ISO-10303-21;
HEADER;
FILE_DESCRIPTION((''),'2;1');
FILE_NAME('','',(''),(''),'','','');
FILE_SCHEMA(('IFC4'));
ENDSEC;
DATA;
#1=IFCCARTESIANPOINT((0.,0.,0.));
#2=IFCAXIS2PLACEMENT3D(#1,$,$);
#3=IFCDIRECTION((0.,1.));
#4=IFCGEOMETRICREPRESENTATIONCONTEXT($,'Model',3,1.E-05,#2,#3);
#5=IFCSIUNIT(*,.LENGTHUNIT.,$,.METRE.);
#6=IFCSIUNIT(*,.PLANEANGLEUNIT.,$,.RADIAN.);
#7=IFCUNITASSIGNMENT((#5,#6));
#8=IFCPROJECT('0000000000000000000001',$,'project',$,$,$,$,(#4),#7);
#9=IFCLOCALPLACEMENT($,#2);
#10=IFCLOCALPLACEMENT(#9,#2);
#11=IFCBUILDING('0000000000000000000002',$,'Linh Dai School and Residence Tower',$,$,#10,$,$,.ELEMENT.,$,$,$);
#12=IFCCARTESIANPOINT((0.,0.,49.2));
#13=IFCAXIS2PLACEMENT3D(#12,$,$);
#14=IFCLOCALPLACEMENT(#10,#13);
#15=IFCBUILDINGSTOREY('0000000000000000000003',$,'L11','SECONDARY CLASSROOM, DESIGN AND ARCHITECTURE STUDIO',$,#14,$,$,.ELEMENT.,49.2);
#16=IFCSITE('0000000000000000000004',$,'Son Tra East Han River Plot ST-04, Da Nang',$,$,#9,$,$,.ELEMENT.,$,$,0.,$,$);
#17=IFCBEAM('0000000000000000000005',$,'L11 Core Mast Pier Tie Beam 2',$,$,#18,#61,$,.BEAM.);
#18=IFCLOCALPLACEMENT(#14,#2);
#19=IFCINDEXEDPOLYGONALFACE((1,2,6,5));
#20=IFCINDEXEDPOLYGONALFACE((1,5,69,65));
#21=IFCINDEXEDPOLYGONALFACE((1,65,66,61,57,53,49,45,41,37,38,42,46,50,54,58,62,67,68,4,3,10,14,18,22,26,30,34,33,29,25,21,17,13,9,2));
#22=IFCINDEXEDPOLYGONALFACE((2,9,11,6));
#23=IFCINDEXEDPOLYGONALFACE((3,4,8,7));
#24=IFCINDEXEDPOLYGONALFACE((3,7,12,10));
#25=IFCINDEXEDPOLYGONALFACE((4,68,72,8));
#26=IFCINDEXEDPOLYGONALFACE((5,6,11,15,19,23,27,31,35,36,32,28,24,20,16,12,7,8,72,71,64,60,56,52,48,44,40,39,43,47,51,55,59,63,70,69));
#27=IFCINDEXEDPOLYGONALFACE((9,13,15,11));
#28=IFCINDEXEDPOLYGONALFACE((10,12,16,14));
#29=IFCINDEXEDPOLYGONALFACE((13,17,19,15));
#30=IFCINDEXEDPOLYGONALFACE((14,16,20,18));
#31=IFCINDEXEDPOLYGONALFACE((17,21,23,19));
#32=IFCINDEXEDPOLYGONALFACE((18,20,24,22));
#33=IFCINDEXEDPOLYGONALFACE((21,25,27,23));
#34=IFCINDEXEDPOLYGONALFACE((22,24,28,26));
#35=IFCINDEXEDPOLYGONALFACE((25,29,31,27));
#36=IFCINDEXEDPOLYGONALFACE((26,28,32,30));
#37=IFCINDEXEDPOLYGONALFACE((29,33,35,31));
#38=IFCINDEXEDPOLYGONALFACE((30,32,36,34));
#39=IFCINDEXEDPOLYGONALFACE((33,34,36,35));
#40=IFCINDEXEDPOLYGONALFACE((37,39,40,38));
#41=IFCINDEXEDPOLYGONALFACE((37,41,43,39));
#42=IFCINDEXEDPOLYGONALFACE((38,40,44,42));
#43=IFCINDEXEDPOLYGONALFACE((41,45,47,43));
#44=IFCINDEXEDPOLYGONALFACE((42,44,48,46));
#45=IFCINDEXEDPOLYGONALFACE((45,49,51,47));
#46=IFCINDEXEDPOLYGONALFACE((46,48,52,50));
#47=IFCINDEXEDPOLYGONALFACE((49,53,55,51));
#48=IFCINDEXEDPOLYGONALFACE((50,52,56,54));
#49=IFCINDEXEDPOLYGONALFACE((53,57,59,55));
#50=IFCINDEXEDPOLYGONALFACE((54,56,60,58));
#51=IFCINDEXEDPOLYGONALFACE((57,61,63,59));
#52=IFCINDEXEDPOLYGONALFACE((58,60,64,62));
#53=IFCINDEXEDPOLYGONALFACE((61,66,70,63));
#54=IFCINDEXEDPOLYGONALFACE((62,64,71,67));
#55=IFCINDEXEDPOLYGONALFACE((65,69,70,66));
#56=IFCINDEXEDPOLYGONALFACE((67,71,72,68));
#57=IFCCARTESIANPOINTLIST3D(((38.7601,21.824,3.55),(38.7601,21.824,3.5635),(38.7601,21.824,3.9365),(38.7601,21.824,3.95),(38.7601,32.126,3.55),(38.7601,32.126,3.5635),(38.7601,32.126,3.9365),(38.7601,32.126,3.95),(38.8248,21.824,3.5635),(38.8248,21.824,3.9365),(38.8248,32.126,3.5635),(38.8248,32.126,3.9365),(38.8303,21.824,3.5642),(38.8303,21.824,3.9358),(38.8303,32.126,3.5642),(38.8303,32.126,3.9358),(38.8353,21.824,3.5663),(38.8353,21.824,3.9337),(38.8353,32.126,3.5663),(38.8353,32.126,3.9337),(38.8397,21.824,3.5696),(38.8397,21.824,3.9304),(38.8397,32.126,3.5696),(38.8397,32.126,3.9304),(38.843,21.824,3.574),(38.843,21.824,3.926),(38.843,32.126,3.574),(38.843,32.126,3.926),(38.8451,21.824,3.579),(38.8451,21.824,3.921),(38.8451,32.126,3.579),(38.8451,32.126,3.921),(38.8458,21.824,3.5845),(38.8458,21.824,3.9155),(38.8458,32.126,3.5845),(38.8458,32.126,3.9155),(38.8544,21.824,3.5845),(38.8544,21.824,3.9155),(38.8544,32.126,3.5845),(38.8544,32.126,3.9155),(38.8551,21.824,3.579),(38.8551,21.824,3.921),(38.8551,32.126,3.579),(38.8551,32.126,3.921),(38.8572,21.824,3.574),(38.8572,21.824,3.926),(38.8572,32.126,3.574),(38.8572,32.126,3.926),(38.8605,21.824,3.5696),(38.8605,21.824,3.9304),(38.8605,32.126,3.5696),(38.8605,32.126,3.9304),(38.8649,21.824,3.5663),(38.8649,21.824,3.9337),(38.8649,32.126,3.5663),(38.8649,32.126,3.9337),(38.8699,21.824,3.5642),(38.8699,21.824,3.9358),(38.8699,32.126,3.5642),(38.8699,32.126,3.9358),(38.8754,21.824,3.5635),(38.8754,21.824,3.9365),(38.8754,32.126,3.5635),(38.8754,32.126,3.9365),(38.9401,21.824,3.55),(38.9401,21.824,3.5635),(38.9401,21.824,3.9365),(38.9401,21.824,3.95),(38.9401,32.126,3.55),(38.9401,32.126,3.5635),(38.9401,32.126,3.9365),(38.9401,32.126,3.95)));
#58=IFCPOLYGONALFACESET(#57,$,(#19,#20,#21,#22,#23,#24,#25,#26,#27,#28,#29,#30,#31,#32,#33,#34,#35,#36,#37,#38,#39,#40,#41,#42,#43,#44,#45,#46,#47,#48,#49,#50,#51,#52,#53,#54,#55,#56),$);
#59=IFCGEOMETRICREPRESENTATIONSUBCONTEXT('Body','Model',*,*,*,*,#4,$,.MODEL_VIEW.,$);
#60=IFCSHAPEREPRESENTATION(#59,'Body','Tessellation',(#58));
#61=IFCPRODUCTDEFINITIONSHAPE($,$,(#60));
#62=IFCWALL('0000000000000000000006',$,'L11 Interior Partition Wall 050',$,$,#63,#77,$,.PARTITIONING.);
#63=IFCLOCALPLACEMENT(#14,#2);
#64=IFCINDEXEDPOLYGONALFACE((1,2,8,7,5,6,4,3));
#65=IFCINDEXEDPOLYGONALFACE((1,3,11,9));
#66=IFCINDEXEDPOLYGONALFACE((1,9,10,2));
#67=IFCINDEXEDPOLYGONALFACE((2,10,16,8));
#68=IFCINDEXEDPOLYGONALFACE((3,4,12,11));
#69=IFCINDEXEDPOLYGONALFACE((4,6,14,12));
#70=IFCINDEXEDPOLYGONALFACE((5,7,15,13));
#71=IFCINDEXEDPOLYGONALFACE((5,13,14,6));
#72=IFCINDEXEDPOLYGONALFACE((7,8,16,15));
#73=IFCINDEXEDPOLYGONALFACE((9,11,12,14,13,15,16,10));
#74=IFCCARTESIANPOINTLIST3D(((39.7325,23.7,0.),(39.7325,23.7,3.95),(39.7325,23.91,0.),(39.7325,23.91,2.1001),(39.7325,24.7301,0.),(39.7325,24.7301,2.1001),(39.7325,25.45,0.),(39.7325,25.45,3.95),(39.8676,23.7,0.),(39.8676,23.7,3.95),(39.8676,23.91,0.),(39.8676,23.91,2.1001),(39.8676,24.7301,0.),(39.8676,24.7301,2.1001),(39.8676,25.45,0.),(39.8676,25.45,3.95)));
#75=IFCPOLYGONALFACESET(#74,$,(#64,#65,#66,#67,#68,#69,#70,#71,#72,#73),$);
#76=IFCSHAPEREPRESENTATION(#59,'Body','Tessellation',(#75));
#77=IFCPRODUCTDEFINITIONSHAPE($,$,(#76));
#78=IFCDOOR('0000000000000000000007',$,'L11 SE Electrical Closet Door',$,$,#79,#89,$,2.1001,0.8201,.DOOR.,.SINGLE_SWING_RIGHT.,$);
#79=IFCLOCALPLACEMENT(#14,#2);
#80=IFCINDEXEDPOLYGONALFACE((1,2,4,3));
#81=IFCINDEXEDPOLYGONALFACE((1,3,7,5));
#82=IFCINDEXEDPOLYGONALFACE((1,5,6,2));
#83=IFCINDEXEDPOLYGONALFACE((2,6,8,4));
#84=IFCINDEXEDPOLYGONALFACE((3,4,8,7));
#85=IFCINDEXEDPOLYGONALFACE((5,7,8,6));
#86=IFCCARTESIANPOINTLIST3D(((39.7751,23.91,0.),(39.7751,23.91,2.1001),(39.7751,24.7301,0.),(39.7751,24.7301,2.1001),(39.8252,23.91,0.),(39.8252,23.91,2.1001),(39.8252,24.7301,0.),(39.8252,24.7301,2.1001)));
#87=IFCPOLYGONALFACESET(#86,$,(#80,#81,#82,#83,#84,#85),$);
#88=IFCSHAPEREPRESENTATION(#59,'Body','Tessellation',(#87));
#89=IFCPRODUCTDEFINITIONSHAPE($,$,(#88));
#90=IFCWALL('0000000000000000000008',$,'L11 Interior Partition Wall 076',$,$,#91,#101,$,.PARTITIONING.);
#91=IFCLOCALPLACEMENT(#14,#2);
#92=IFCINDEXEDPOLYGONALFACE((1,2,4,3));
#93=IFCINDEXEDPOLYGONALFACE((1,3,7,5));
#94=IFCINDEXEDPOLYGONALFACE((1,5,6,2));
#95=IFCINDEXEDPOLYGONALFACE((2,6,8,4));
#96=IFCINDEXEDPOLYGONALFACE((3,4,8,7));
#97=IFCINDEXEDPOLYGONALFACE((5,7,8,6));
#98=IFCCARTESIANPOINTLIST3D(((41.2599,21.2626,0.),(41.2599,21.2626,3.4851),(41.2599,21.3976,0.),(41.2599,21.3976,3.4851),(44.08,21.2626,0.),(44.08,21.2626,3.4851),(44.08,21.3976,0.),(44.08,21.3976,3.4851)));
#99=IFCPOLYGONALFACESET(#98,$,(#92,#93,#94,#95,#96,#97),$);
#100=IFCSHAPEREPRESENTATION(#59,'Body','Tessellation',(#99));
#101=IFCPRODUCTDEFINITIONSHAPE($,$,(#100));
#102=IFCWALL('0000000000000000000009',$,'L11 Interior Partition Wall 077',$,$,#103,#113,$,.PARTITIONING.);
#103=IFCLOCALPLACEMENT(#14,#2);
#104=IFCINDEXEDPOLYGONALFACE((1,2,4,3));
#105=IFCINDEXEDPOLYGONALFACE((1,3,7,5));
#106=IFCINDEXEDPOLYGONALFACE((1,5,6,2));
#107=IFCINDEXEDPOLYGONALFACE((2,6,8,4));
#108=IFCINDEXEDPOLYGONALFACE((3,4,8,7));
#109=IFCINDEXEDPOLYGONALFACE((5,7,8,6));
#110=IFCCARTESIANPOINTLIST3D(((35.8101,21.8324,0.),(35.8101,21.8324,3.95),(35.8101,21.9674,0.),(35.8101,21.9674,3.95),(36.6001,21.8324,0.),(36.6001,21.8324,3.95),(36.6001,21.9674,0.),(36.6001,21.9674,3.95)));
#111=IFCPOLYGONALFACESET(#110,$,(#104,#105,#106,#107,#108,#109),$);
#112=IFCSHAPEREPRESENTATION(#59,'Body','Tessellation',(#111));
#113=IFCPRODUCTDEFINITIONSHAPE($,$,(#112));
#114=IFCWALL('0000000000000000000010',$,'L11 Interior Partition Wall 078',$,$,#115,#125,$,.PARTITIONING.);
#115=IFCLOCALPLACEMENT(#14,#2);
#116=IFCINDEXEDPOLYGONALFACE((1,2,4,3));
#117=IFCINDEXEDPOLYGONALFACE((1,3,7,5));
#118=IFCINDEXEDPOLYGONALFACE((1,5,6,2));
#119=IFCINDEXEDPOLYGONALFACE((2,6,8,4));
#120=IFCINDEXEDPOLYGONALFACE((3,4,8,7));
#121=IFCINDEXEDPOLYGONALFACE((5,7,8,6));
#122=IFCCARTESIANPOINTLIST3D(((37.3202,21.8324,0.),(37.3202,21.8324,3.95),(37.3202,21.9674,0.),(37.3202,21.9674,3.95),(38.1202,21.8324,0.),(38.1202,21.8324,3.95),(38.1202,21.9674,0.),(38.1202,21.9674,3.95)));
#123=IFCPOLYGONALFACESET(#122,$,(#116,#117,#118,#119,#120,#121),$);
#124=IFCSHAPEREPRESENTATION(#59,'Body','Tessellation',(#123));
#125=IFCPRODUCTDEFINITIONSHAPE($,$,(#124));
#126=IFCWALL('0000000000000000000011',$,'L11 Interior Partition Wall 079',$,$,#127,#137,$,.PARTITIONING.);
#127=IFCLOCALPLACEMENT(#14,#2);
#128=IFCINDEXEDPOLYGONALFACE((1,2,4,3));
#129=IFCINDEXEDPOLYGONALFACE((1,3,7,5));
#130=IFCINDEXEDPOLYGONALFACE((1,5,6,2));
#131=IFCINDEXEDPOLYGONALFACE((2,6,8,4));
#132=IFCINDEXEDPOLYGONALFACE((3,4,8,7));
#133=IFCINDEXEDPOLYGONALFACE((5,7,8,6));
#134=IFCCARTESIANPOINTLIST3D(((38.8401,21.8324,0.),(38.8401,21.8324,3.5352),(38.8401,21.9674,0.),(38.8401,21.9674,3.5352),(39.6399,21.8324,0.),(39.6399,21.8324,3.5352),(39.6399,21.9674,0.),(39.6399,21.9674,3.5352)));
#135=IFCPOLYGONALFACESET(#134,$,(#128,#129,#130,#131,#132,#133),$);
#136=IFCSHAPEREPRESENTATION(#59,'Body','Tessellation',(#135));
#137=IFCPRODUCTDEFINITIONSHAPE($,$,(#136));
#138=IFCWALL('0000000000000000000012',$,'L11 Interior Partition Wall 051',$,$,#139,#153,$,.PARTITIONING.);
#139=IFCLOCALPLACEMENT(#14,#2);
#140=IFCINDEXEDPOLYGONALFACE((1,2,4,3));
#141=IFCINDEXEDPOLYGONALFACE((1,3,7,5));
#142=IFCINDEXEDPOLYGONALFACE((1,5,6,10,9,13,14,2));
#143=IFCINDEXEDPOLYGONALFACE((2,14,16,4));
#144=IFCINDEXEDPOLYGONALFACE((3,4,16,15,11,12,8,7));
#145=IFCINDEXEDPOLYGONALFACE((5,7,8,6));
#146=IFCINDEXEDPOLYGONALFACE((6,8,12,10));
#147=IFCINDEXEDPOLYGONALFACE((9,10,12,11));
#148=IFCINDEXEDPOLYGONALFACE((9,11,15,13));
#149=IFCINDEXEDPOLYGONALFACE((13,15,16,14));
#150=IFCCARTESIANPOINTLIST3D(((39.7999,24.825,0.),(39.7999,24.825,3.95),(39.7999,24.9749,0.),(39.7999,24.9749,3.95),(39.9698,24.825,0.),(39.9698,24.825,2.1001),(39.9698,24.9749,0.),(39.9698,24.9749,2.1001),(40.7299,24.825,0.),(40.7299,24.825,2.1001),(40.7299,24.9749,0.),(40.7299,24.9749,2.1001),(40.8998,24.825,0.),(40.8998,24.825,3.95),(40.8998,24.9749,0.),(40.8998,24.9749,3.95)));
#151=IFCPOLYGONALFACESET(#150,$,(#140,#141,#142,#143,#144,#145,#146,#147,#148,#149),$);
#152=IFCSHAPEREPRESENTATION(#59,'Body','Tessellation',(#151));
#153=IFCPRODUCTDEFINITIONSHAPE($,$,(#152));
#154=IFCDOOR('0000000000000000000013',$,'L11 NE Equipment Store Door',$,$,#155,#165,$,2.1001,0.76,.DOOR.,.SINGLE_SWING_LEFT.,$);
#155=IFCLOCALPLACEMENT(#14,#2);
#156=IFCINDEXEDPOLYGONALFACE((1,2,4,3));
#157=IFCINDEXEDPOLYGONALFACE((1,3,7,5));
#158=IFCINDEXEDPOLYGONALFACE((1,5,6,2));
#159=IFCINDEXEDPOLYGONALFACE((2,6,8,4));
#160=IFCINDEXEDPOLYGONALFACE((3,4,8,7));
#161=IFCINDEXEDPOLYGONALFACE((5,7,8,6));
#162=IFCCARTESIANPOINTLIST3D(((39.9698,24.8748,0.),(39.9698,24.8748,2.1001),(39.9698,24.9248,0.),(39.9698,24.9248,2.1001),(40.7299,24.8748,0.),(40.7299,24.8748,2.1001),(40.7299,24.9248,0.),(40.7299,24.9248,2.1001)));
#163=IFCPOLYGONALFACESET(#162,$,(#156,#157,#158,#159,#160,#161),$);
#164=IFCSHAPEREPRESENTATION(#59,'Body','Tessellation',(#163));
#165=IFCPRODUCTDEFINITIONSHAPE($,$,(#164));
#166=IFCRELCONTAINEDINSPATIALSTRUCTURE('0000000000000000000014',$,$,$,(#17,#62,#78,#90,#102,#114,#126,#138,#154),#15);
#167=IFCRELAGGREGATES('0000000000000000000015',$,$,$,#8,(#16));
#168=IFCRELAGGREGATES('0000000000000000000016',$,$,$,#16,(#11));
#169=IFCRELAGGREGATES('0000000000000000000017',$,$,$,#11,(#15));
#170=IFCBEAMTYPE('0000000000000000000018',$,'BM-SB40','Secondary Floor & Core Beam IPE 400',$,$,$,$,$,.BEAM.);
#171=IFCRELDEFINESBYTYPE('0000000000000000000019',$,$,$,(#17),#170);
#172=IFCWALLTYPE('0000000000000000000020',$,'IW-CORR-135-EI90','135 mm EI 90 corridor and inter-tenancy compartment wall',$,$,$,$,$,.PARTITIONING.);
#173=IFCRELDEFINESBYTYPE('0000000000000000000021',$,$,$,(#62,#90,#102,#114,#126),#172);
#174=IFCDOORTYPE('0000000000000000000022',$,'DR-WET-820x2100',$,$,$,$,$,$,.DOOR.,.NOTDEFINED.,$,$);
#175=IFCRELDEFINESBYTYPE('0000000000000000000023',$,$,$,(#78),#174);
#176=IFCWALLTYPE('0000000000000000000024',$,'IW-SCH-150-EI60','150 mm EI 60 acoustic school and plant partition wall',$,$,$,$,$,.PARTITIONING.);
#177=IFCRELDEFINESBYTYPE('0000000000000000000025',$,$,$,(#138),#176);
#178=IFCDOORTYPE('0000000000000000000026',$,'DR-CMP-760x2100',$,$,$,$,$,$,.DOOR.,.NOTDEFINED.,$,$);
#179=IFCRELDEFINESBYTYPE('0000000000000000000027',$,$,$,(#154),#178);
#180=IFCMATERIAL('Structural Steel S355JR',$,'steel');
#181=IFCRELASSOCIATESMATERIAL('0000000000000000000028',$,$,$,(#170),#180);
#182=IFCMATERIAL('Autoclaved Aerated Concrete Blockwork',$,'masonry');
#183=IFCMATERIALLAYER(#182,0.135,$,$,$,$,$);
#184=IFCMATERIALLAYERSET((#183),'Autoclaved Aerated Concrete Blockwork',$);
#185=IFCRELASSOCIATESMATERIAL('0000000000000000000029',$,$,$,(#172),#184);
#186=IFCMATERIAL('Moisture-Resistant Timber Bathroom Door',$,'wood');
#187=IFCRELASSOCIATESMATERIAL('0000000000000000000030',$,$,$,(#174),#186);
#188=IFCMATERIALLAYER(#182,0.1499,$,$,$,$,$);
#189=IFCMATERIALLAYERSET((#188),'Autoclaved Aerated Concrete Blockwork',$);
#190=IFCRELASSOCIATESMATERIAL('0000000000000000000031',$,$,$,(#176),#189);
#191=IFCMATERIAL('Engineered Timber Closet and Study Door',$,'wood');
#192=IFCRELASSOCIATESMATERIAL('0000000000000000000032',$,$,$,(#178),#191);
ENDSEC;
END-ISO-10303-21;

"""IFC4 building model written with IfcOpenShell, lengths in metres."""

from ifc_helpers import new_model, si_unit, direction, frame, frame_2d, origin, origin_2d, place, context, subcontext, project, spatial, rectangle, i_section, extrude, source, transform, mapped, material, layer, layer_set, material_profile, profile_set, type_object, element, fill, save


model = new_model("IFC4")

# Units and contexts
model_context = context("Model", 3, precision=1e-05, world=origin(), true_north=direction((0.0, 1.0)))
body_context = subcontext(model_context, "Body", "Model", "MODEL_VIEW")
ifc_project = project(units=[si_unit("LENGTHUNIT", "METRE"), si_unit("PLANEANGLEUNIT", "RADIAN")], contexts=[model_context])

# Site, building, storey
site_placement = place(None, origin())
site = spatial("IfcSite", under=ifc_project, at=site_placement, Name="Son Tra East Han River Plot ST-04, Da Nang", CompositionType="ELEMENT", RefElevation=0.0)
building_placement = place(site_placement, origin())
building = spatial("IfcBuilding", under=site, at=building_placement, Name="Linh Dai School and Residence Tower", CompositionType="ELEMENT")
storey_placement = place(building_placement, frame((0.0, 0.0, 49.2)))
storey = spatial("IfcBuildingStorey", under=building, at=storey_placement, Name="L11", Description="SECONDARY CLASSROOM, DESIGN AND ARCHITECTURE STUDIO", CompositionType="ELEMENT", Elevation=49.2)

# Shared definitions
ifc_material_1 = material(Name="Structural Steel S355JR", Category="steel")

# Beam
ifc_material_profile_1 = material_profile(ifc_material_1, i_section(OverallWidth=0.1799, OverallDepth=0.3999, WebThickness=0.0085, FlangeThickness=0.0134, FilletRadius=0.021, at=origin_2d()), Name="IPE 400")
ifc_profile_set_1 = profile_set([ifc_material_profile_1], Name="Structural Steel S355JR")
beam_type_1 = type_object("IfcBeamType", Name="BM-SB40", Description="Secondary Floor & Core Beam IPE 400", PredefinedType="BEAM", material=ifc_profile_set_1)
beam_1_placement = place(storey_placement, frame((38.8501, 21.824, 3.75), z_axis=(0.0, 1.0, 0.0), x_axis=(-1.0, 0.0, 0.0)))
element("IfcBeam", 1, at=beam_1_placement, inside=storey, type_object=beam_type_1, Name="L11 Core Mast Pier Tie Beam 2", PredefinedType="BEAM", context=body_context, shape_type="SweptSolid", body=[
    extrude(i_section(OverallWidth=0.1799, OverallDepth=0.3999, WebThickness=0.0085, FlangeThickness=0.0134, FilletRadius=0.021, at=origin_2d()), origin(), (0.0, 0.0, 1.0), 10.302),
])

# Wall, opening, door
ifc_material_2 = material(Name="Autoclaved Aerated Concrete Blockwork", Category="masonry")
ifc_layer_1 = layer(ifc_material_2, 0.135)
ifc_layer_set_1 = layer_set([ifc_layer_1], Name="Autoclaved Aerated Concrete Blockwork")
wall_type_1 = type_object("IfcWallType", Name="IW-CORR-135-EI90", Description="135 mm EI 90 corridor and inter-tenancy compartment wall", PredefinedType="PARTITIONING", material=ifc_layer_set_1)
wall_1_placement = place(storey_placement, frame((39.8, 23.7, 0.0), z_axis=(0.0, 0.0, 1.0), x_axis=(0.0, 1.0, 0.0)))
wall_1 = element("IfcWall", 2, at=wall_1_placement, inside=storey, type_object=wall_type_1, Name="L11 Interior Partition Wall 050", PredefinedType="PARTITIONING", context=body_context, shape_type="SweptSolid", body=[
    extrude(rectangle(XDim=1.75, YDim=0.135, at=frame_2d((0.875, 0.0))), origin(), (0.0, 0.0, 1.0), 3.95),
])
opening_1_placement = place(wall_1_placement, frame((0.21, 0.0, 0.0)))
opening_1 = element("IfcOpeningElement", 3, at=opening_1_placement, cuts=wall_1, PredefinedType="OPENING", context=body_context, shape_type="SweptSolid", body=[
    extrude(rectangle(XDim=0.8201, YDim=2.1001, at=origin_2d()), frame((0.4102, 0.0776, 1.05), z_axis=(0.0, -1.0, 0.0), x_axis=(1.0, 0.0, 0.0)), (0.0, 0.0, 1.0), 0.155),
])
ifc_material_3 = material(Name="Moisture-Resistant Timber Bathroom Door", Category="wood")
door_type_1 = type_object("IfcDoorType", Name="DR-WET-820x2100", OperationType="NOTDEFINED", PredefinedType="DOOR", material=ifc_material_3)
shared_shape_1 = source(origin(), body_context, "Body", "SweptSolid", [
    extrude(rectangle(XDim=0.8201, YDim=2.1001, at=origin_2d()), frame((0.4102, 0.0249, 1.05), z_axis=(0.0, -1.0, 0.0), x_axis=(1.0, 0.0, 0.0)), (0.0, 0.0, 1.0), 0.05),
])
door_1_placement = place(opening_1_placement, origin())
door_1 = element("IfcDoor", 4, at=door_1_placement, inside=storey, type_object=door_type_1, Name="L11 SE Electrical Closet Door", OperationType="SINGLE_SWING_RIGHT", OverallHeight=2.1001, OverallWidth=0.8201, PredefinedType="DOOR", context=body_context, shape_type="MappedRepresentation", body=[
    mapped(shared_shape_1, transform((0.0, 0.0, 0.0), x_axis=(1.0, 0.0, 0.0), y_axis=(0.0, 1.0, 0.0), z_axis=(0.0, 0.0, 1.0), scale=1.0)),
])
fill(opening_1, door_1)

# Walls
wall_2_placement = place(storey_placement, frame((44.0801, 21.3301, 0.0), z_axis=(0.0, 0.0, 1.0), x_axis=(-1.0, 0.0, 0.0)))
element("IfcWall", 5, at=wall_2_placement, inside=storey, type_object=wall_type_1, Name="L11 Interior Partition Wall 076", PredefinedType="PARTITIONING", context=body_context, shape_type="SweptSolid", body=[
    extrude(rectangle(XDim=2.8201, YDim=0.135, at=frame_2d((1.4102, 0.0))), origin(), (0.0, 0.0, 1.0), 3.4851),
])
wall_3_placement = place(storey_placement, frame((36.6001, 21.8999, 0.0), z_axis=(0.0, 0.0, 1.0), x_axis=(-1.0, 0.0, 0.0)))
element("IfcWall", 6, at=wall_3_placement, inside=storey, type_object=wall_type_1, Name="L11 Interior Partition Wall 077", PredefinedType="PARTITIONING", context=body_context, shape_type="SweptSolid", body=[
    extrude(rectangle(XDim=0.79, YDim=0.135, at=frame_2d((0.395, 0.0))), origin(), (0.0, 0.0, 1.0), 3.95),
])
wall_4_placement = place(storey_placement, frame((38.1201, 21.8999, 0.0), z_axis=(0.0, 0.0, 1.0), x_axis=(-1.0, 0.0, 0.0)))
element("IfcWall", 7, at=wall_4_placement, inside=storey, type_object=wall_type_1, Name="L11 Interior Partition Wall 078", PredefinedType="PARTITIONING", context=body_context, shape_type="SweptSolid", body=[
    extrude(rectangle(XDim=0.8, YDim=0.135, at=frame_2d((0.3999, 0.0))), origin(), (0.0, 0.0, 1.0), 3.95),
])
wall_5_placement = place(storey_placement, frame((39.6399, 21.8999, 0.0), z_axis=(0.0, 0.0, 1.0), x_axis=(-1.0, 0.0, 0.0)))
element("IfcWall", 8, at=wall_5_placement, inside=storey, type_object=wall_type_1, Name="L11 Interior Partition Wall 079", PredefinedType="PARTITIONING", context=body_context, shape_type="SweptSolid", body=[
    extrude(rectangle(XDim=0.7998, YDim=0.135, at=frame_2d((0.3999, 0.0))), origin(), (0.0, 0.0, 1.0), 3.5352),
])

# Wall, opening, door
ifc_layer_2 = layer(ifc_material_2, 0.1499)
ifc_layer_set_2 = layer_set([ifc_layer_2], Name="Autoclaved Aerated Concrete Blockwork")
wall_type_2 = type_object("IfcWallType", Name="IW-SCH-150-EI60", Description="150 mm EI 60 acoustic school and plant partition wall", PredefinedType="PARTITIONING", material=ifc_layer_set_2)
wall_6_placement = place(storey_placement, frame((39.8, 24.8999, 0.0), z_axis=(0.0, 0.0, 1.0), x_axis=(1.0, 0.0, 0.0)))
wall_6 = element("IfcWall", 9, at=wall_6_placement, inside=storey, type_object=wall_type_2, Name="L11 Interior Partition Wall 051", PredefinedType="PARTITIONING", context=body_context, shape_type="SweptSolid", body=[
    extrude(rectangle(XDim=1.0999, YDim=0.1499, at=frame_2d((0.5498, 0.0))), origin(), (0.0, 0.0, 1.0), 3.95),
])
opening_2_placement = place(wall_6_placement, frame((0.1699, 0.0, 0.0)))
opening_2 = element("IfcOpeningElement", 10, at=opening_2_placement, cuts=wall_6, PredefinedType="OPENING", context=body_context, shape_type="SweptSolid", body=[
    extrude(rectangle(XDim=0.76, YDim=2.1001, at=origin_2d()), frame((0.3799, 0.085, 1.05), z_axis=(0.0, -1.0, 0.0), x_axis=(1.0, 0.0, 0.0)), (0.0, 0.0, 1.0), 0.1699),
])
ifc_material_4 = material(Name="Engineered Timber Closet and Study Door", Category="wood")
door_type_2 = type_object("IfcDoorType", Name="DR-CMP-760x2100", OperationType="NOTDEFINED", PredefinedType="DOOR", material=ifc_material_4)
shared_shape_2 = source(origin(), body_context, "Body", "SweptSolid", [
    extrude(rectangle(XDim=0.76, YDim=2.1001, at=origin_2d()), frame((0.3799, 0.0249, 1.05), z_axis=(0.0, -1.0, 0.0), x_axis=(1.0, 0.0, 0.0)), (0.0, 0.0, 1.0), 0.05),
])
door_2_placement = place(opening_2_placement, origin())
door_2 = element("IfcDoor", 11, at=door_2_placement, inside=storey, type_object=door_type_2, Name="L11 NE Equipment Store Door", OperationType="SINGLE_SWING_LEFT", OverallHeight=2.1001, OverallWidth=0.76, PredefinedType="DOOR", context=body_context, shape_type="MappedRepresentation", body=[
    mapped(shared_shape_2, transform((0.0, 0.0, 0.0), x_axis=(1.0, 0.0, 0.0), y_axis=(0.0, 1.0, 0.0), z_axis=(0.0, 0.0, 1.0), scale=1.0)),
])
fill(opening_2, door_2)

save(model, "model.ifc")
